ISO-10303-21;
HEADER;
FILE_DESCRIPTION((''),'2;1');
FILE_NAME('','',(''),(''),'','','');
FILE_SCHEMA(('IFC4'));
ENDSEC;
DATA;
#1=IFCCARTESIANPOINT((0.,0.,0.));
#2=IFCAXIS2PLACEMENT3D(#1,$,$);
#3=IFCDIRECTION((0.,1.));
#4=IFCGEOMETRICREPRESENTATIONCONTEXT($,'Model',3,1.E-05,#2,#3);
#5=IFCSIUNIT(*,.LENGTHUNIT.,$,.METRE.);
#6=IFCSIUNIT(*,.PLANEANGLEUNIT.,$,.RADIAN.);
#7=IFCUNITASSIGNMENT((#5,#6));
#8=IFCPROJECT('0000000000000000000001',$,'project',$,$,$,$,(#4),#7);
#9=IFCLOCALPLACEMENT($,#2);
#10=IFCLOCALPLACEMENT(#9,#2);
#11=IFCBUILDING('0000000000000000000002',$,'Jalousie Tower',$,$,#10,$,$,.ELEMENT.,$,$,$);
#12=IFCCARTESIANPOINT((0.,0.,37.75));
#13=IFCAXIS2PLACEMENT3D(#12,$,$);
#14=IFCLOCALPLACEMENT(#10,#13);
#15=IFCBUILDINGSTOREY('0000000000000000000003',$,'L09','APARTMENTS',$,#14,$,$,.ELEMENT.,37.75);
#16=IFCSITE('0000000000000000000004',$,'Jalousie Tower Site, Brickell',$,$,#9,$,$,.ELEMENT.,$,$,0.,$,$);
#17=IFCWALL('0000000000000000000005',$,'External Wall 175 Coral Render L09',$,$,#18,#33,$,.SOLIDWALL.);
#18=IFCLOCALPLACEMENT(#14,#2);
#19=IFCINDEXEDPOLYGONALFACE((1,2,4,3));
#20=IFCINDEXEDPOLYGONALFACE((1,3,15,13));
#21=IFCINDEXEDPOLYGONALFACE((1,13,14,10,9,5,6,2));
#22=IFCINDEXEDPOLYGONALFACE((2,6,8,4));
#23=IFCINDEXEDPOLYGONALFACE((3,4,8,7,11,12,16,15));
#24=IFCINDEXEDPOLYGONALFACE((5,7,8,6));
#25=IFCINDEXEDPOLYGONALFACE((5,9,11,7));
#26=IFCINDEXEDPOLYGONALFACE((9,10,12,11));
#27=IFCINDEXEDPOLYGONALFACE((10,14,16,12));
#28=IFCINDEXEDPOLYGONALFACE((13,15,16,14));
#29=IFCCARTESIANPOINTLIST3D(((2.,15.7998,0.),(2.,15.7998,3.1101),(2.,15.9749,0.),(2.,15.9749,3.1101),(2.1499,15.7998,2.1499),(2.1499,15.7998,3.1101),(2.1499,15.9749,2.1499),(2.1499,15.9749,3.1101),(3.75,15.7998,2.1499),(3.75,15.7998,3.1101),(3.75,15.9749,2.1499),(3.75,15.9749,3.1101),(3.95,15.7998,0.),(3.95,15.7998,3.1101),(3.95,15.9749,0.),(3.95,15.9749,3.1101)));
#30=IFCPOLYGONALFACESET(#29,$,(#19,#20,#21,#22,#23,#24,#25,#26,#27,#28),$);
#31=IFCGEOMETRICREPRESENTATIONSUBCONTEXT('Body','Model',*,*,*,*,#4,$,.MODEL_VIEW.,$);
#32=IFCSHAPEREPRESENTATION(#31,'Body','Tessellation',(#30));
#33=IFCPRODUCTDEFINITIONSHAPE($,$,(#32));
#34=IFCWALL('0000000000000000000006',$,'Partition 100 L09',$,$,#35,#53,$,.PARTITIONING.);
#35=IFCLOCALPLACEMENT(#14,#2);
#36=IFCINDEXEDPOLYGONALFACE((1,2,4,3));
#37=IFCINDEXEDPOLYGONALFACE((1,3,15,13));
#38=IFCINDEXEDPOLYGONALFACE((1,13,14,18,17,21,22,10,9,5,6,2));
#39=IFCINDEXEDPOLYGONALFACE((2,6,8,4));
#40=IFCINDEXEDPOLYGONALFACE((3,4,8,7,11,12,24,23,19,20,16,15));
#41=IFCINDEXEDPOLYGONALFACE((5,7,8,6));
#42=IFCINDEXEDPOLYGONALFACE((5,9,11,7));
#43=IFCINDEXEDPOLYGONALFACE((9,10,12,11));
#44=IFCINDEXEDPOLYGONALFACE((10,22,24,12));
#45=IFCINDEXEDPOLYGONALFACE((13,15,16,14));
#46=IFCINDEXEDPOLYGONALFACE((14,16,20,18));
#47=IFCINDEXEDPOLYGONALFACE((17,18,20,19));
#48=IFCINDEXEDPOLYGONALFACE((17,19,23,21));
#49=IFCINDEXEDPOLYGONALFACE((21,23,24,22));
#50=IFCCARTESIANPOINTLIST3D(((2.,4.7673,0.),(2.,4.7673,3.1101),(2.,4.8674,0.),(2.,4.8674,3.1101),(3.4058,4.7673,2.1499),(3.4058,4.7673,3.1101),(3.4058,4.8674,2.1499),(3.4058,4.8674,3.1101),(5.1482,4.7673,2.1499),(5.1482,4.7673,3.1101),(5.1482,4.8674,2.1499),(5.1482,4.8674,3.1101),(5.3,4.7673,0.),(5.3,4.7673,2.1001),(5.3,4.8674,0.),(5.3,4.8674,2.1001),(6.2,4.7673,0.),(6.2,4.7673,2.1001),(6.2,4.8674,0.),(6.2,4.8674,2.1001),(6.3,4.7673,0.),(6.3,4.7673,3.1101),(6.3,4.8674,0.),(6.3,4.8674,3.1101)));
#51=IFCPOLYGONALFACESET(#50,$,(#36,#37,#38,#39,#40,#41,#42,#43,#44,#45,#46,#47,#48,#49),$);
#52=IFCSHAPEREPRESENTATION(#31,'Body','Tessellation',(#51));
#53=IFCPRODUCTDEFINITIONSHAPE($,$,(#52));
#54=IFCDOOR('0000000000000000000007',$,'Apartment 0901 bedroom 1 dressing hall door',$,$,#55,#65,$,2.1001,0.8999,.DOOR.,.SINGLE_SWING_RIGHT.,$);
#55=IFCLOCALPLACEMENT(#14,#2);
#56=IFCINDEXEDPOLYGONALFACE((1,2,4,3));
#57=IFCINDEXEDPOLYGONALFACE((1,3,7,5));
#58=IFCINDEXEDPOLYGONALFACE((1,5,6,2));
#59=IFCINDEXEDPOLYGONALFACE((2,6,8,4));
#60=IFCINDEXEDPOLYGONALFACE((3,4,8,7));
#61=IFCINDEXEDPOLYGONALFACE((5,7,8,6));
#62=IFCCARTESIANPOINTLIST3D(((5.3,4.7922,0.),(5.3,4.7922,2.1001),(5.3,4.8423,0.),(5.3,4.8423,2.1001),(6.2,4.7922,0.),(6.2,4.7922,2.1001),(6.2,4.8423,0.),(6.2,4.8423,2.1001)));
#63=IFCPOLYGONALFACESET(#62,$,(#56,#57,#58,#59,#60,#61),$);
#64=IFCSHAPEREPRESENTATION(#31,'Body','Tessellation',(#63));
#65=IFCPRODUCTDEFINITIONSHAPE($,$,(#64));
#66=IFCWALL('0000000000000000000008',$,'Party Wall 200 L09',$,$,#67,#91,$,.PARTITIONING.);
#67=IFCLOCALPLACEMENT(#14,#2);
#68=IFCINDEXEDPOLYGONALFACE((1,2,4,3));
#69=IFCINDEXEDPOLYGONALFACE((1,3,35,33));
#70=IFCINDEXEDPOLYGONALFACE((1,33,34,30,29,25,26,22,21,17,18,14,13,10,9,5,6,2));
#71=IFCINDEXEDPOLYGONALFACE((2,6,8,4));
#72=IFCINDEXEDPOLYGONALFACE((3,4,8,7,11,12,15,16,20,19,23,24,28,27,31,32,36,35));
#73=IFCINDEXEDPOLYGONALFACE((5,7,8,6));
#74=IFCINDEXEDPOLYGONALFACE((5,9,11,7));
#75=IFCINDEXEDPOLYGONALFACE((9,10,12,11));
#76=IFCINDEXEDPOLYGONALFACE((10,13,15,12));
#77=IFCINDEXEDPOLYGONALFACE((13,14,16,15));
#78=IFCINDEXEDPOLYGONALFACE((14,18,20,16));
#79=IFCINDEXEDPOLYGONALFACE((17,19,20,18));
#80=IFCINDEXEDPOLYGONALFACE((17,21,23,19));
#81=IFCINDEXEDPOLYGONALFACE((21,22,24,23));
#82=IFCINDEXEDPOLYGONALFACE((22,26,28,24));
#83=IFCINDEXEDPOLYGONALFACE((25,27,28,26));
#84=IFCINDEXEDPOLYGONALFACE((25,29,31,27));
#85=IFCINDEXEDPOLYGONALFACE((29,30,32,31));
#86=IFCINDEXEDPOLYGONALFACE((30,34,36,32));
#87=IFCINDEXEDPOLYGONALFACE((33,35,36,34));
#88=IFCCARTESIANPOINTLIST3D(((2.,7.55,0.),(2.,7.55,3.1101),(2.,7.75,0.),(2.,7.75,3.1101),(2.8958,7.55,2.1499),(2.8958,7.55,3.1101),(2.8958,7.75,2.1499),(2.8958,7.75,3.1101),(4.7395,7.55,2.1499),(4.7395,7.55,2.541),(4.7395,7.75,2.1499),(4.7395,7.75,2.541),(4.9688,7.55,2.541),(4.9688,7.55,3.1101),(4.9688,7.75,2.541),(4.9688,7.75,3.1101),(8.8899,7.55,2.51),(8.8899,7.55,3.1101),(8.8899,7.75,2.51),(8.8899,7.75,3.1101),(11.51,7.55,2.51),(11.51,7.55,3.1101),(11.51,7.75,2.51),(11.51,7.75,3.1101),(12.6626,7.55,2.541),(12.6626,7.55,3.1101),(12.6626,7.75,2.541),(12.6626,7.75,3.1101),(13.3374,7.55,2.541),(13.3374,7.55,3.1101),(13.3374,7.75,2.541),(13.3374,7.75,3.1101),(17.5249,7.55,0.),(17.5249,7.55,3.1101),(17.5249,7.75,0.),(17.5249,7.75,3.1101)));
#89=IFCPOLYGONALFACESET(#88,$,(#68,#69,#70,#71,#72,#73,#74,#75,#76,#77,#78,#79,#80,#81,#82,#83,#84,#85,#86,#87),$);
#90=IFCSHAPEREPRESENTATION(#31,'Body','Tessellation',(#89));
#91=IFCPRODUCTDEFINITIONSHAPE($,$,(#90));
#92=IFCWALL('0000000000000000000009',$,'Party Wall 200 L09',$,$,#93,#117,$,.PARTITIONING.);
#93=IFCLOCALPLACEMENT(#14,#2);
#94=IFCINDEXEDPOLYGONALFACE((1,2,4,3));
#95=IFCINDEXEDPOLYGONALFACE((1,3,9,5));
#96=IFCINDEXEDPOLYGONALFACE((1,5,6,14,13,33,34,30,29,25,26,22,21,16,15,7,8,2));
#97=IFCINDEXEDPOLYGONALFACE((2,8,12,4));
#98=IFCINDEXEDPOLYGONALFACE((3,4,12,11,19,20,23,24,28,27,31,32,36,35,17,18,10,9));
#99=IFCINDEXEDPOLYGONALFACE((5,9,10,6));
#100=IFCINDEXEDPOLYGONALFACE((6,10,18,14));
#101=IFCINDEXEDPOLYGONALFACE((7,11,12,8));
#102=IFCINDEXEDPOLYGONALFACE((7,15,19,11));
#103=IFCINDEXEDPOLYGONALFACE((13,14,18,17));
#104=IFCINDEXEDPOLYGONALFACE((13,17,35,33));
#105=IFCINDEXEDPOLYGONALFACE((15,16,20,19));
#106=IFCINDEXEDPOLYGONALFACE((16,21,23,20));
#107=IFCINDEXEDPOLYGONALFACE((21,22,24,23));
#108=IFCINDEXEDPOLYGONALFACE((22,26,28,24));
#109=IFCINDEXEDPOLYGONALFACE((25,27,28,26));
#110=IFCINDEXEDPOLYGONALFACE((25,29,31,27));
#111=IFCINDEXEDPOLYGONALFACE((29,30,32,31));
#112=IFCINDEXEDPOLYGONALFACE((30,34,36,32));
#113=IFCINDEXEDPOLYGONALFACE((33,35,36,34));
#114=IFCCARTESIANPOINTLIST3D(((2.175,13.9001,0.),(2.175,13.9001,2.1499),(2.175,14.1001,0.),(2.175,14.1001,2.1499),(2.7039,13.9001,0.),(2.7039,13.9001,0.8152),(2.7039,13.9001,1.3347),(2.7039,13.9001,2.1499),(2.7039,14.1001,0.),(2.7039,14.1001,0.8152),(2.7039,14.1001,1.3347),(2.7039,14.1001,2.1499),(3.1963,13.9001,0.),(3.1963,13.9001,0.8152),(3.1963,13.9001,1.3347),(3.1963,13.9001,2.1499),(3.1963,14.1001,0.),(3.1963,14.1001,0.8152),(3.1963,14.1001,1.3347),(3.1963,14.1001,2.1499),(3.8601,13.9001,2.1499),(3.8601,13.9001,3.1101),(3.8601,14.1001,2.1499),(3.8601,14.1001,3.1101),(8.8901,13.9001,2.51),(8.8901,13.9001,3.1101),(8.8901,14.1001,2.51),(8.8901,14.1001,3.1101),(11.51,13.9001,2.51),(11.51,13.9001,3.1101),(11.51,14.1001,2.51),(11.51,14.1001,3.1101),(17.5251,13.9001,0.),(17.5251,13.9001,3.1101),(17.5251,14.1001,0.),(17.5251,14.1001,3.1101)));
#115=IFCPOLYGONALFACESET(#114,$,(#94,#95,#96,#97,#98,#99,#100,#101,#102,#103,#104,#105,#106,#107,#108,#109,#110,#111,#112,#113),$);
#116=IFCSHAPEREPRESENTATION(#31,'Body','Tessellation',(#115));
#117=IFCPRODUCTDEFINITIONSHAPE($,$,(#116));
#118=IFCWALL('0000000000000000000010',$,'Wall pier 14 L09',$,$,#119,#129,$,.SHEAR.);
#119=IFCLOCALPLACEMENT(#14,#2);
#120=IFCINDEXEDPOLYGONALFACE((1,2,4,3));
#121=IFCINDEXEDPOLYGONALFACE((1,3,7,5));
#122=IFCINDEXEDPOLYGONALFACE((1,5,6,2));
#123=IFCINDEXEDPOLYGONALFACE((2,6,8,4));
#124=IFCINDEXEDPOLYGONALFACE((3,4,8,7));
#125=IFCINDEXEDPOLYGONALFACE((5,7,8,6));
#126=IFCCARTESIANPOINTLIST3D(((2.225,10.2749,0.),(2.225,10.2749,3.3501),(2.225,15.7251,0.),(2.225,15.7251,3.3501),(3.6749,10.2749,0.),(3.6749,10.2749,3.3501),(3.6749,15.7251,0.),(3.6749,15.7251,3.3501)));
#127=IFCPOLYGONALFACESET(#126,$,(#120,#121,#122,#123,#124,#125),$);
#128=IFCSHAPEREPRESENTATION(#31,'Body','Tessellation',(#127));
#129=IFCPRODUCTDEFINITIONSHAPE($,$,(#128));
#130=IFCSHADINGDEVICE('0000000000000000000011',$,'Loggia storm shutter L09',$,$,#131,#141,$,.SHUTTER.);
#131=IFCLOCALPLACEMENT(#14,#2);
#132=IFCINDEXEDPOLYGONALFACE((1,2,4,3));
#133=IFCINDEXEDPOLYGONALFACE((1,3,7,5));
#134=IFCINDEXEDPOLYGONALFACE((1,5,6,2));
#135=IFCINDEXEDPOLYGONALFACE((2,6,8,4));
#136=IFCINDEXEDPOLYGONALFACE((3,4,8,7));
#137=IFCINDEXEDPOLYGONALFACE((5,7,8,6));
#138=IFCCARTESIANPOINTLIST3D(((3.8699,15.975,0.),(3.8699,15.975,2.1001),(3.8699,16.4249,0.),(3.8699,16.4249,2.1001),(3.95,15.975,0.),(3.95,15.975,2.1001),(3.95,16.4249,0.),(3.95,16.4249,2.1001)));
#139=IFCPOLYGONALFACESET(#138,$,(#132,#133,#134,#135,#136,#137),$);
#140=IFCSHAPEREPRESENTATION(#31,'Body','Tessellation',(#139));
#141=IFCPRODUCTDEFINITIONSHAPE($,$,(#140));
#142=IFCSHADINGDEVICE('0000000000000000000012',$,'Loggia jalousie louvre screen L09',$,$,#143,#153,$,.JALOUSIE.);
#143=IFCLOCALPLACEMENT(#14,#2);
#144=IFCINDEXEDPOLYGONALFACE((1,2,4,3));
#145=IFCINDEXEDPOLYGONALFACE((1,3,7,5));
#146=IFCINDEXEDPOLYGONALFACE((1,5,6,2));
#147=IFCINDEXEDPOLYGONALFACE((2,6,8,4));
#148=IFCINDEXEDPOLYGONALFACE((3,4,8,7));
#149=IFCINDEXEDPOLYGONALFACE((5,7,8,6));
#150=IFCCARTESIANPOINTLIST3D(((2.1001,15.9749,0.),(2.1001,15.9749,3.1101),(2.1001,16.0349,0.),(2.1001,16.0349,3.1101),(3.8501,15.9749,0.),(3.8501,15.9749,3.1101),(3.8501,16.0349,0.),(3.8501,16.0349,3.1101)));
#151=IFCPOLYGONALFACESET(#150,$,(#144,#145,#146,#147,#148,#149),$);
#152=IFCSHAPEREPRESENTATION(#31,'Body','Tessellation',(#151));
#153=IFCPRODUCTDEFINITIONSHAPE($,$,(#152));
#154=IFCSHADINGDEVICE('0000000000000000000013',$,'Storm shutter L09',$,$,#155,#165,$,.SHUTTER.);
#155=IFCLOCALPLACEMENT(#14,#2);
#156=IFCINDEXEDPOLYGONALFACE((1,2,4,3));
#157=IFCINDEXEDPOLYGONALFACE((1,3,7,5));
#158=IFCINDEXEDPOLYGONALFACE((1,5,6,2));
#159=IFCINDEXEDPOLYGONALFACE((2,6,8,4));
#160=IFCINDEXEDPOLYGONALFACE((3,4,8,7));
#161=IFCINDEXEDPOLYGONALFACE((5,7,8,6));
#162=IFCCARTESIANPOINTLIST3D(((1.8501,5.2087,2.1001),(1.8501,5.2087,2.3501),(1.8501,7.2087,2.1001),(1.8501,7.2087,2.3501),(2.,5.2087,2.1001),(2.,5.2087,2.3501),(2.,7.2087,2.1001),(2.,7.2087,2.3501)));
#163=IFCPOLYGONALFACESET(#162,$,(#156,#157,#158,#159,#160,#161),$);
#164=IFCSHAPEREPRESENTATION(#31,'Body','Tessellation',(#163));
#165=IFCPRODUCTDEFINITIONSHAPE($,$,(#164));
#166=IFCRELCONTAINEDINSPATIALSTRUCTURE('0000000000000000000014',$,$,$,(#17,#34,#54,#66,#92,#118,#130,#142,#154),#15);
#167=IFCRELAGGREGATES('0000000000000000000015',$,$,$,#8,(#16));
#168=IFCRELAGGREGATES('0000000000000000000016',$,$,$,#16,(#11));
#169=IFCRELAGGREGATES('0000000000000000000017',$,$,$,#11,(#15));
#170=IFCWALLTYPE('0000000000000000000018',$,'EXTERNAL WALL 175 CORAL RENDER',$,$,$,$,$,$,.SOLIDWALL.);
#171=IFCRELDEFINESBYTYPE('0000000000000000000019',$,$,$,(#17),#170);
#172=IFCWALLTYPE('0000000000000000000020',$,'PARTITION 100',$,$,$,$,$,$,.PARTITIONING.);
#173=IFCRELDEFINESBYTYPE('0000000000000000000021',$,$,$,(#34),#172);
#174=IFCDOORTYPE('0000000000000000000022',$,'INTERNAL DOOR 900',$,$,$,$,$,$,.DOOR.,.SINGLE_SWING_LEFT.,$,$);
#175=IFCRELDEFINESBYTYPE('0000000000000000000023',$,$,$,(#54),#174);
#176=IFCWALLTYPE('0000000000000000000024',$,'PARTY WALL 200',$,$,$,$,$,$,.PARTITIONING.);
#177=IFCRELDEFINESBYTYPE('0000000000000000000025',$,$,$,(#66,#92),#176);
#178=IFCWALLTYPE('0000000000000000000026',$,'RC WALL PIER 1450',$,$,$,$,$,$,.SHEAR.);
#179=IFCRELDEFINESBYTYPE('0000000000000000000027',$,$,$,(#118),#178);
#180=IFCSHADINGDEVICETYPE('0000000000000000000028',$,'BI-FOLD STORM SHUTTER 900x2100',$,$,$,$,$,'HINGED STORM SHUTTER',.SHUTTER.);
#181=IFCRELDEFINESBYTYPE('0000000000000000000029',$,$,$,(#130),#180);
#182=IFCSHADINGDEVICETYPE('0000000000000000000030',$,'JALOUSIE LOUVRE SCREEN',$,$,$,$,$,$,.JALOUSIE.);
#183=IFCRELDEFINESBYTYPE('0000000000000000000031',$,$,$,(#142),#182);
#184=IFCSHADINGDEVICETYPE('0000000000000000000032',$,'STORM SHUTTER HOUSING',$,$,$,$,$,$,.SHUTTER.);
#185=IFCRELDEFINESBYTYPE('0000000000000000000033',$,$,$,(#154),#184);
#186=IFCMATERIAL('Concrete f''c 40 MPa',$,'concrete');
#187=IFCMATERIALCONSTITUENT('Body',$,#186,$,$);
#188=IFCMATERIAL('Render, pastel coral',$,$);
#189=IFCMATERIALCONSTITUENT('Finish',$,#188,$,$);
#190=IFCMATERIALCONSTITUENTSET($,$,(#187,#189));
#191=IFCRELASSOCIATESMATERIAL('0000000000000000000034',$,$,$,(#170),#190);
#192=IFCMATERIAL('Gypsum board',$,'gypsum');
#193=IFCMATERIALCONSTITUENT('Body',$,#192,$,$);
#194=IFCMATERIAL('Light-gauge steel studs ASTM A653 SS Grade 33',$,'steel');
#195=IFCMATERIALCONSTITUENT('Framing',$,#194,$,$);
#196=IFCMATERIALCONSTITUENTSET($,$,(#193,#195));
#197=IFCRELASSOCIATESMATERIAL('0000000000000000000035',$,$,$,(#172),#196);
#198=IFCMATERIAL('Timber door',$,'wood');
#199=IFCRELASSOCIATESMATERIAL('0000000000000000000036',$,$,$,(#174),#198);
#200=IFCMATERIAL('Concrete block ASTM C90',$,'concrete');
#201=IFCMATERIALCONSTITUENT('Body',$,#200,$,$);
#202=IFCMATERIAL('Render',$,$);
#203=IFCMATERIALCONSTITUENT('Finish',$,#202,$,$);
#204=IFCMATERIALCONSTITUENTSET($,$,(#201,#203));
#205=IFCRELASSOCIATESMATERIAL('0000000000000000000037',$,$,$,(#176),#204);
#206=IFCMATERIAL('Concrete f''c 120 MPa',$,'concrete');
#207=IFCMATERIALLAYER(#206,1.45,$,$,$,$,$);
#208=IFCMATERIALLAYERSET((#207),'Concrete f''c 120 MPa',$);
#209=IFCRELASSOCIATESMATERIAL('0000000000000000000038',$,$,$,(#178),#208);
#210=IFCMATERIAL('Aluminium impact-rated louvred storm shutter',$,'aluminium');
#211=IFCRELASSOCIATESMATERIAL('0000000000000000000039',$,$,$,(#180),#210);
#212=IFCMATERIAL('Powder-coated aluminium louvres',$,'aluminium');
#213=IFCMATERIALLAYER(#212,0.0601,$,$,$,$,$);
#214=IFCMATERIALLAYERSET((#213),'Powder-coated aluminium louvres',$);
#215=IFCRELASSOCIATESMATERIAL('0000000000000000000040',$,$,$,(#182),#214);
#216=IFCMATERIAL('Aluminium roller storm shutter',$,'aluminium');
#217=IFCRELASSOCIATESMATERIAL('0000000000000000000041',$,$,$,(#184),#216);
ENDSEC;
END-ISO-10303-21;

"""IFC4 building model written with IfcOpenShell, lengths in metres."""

from ifc_helpers import new_model, si_unit, direction, frame, frame_2d, origin, origin_2d, place, context, subcontext, project, spatial, polyline, rectangle, outline, extrude, material, layer, layer_set, constituent, constituent_set, type_object, element, fill, save


model = new_model("IFC4")

# Units and contexts
model_context = context("Model", 3, precision=1e-05, world=origin(), true_north=direction((0.0, 1.0)))
body_context = subcontext(model_context, "Body", "Model", "MODEL_VIEW")
ifc_project = project(units=[si_unit("LENGTHUNIT", "METRE"), si_unit("PLANEANGLEUNIT", "RADIAN")], contexts=[model_context])

# Site, building, storey
site_placement = place(None, origin())
site = spatial("IfcSite", under=ifc_project, at=site_placement, Name="Jalousie Tower Site, Brickell", CompositionType="ELEMENT", RefElevation=0.0)
building_placement = place(site_placement, origin())
building = spatial("IfcBuilding", under=site, at=building_placement, Name="Jalousie Tower", CompositionType="ELEMENT")
storey_placement = place(building_placement, frame((0.0, 0.0, 37.75)))
storey = spatial("IfcBuildingStorey", under=building, at=storey_placement, Name="L09", Description="APARTMENTS", CompositionType="ELEMENT", Elevation=37.75)

# Shared definitions
ifc_material_1 = material(Name="Concrete f'c 40 MPa", Category="concrete")
ifc_constituent_1 = constituent(ifc_material_1, Name="Body")
ifc_material_2 = material(Name="Render, pastel coral")
ifc_constituent_2 = constituent(ifc_material_2, Name="Finish")
ifc_constituent_set_1 = constituent_set(constituents=[ifc_constituent_1, ifc_constituent_2])
wall_type_1 = type_object("IfcWallType", Name="EXTERNAL WALL 175 CORAL RENDER", PredefinedType="SOLIDWALL", material=ifc_constituent_set_1)

# Wall
wall_1_placement = place(storey_placement, frame((2.0, 15.8875, 0.0), z_axis=(0.0, 0.0, 1.0), x_axis=(1.0, 0.0, 0.0)))
element("IfcWall", 1, at=wall_1_placement, inside=storey, type_object=wall_type_1, Name="External Wall 175 Coral Render L09", PredefinedType="SOLIDWALL", context=body_context, shape_type="SweptSolid", body=[
    extrude(outline(polyline([(0.0, 0.0), (1.95, 0.0), (1.95, 3.1101), (1.75, 3.1101), (1.75, 2.1499), (0.1499, 2.1499), (0.1499, 3.1101), (0.0, 3.1101), (0.0, 0.0)])), frame((0.0, 0.0874, 0.0), z_axis=(0.0, -1.0, 0.0), x_axis=(1.0, 0.0, 0.0)), (0.0, 0.0, 1.0), 0.175),
])

# Wall, opening, door
ifc_material_3 = material(Name="Gypsum board", Category="gypsum")
ifc_constituent_3 = constituent(ifc_material_3, Name="Body")
ifc_material_4 = material(Name="Light-gauge steel studs ASTM A653 SS Grade 33", Category="steel")
ifc_constituent_4 = constituent(ifc_material_4, Name="Framing")
ifc_constituent_set_2 = constituent_set(constituents=[ifc_constituent_3, ifc_constituent_4])
wall_type_2 = type_object("IfcWallType", Name="PARTITION 100", PredefinedType="PARTITIONING", material=ifc_constituent_set_2)
wall_2_placement = place(storey_placement, frame((2.0, 4.8174, 0.0), z_axis=(0.0, 0.0, 1.0), x_axis=(1.0, 0.0, 0.0)))
wall_2 = element("IfcWall", 2, at=wall_2_placement, inside=storey, type_object=wall_type_2, Name="Partition 100 L09", PredefinedType="PARTITIONING", context=body_context, shape_type="SweptSolid", body=[
    extrude(outline(polyline([(0.0, 0.0), (4.3, 0.0), (4.3, 3.1101), (3.1482, 3.1101), (3.1482, 2.1499), (1.4058, 2.1499), (1.4058, 3.1101), (0.0, 3.1101), (0.0, 0.0)])), frame((0.0, 0.05, 0.0), z_axis=(0.0, -1.0, 0.0), x_axis=(1.0, 0.0, 0.0)), (0.0, 0.0, 1.0), 0.1001),
])
opening_1_placement = place(wall_2_placement, frame((3.3, 0.0, 0.0)))
opening_1 = element("IfcOpeningElement", 3, at=opening_1_placement, cuts=wall_2, PredefinedType="OPENING", context=body_context, shape_type="SweptSolid", body=[
    extrude(rectangle(XDim=0.8999, YDim=2.1001, at=frame_2d((0.45, 1.05))), frame((0.0, 0.0601, 0.0), z_axis=(0.0, -1.0, 0.0), x_axis=(1.0, 0.0, 0.0)), (0.0, 0.0, 1.0), 0.1201),
])
ifc_material_5 = material(Name="Timber door", Category="wood")
door_type = type_object("IfcDoorType", Name="INTERNAL DOOR 900", OperationType="SINGLE_SWING_LEFT", PredefinedType="DOOR", material=ifc_material_5)
door_placement = place(opening_1_placement, origin())
door = element("IfcDoor", 4, at=door_placement, inside=storey, type_object=door_type, Name="Apartment 0901 bedroom 1 dressing hall door", OperationType="SINGLE_SWING_RIGHT", OverallHeight=2.1001, OverallWidth=0.8999, PredefinedType="DOOR", context=body_context, shape_type="SweptSolid", body=[
    extrude(rectangle(XDim=0.8999, YDim=2.1001, at=frame_2d((0.45, 1.05))), frame((0.0, 0.0249, 0.0), z_axis=(0.0, -1.0, 0.0), x_axis=(1.0, 0.0, 0.0)), (0.0, 0.0, 1.0), 0.05),
])
fill(opening_1, door)

# Walls
ifc_material_6 = material(Name="Concrete block ASTM C90", Category="concrete")
ifc_constituent_5 = constituent(ifc_material_6, Name="Body")
ifc_material_7 = material(Name="Render")
ifc_constituent_6 = constituent(ifc_material_7, Name="Finish")
ifc_constituent_set_3 = constituent_set(constituents=[ifc_constituent_5, ifc_constituent_6])
wall_type_3 = type_object("IfcWallType", Name="PARTY WALL 200", PredefinedType="PARTITIONING", material=ifc_constituent_set_3)
wall_3_placement = place(storey_placement, frame((2.0, 7.6499, 0.0), z_axis=(0.0, 0.0, 1.0), x_axis=(1.0, 0.0, 0.0)))
element("IfcWall", 5, at=wall_3_placement, inside=storey, type_object=wall_type_3, Name="Party Wall 200 L09", PredefinedType="PARTITIONING", context=body_context, shape_type="SweptSolid", body=[
    extrude(outline(polyline([(0.0, 0.0), (15.5249, 0.0), (15.5249, 3.1101), (11.3374, 3.1101), (11.3374, 2.541), (10.6626, 2.541), (10.6626, 3.1101), (9.51, 3.1101), (9.51, 2.51), (6.8899, 2.51), (6.8899, 3.1101), (2.9688, 3.1101), (2.9688, 2.541), (2.7395, 2.541), (2.7395, 2.1499), (0.8958, 2.1499), (0.8958, 3.1101), (0.0, 3.1101), (0.0, 0.0)])), frame((0.0, 0.1001, 0.0), z_axis=(0.0, -1.0, 0.0), x_axis=(1.0, 0.0, 0.0)), (0.0, 0.0, 1.0), 0.2),
])
wall_4_placement = place(storey_placement, frame((2.175, 14.0, 0.0), z_axis=(0.0, 0.0, 1.0), x_axis=(1.0, 0.0, 0.0)))
element("IfcWall", 6, at=wall_4_placement, inside=storey, type_object=wall_type_3, Name="Party Wall 200 L09", PredefinedType="PARTITIONING", context=body_context, shape_type="SweptSolid", body=[
    extrude(outline(polyline([(0.5288, 2.1499), (0.0, 2.1499), (0.0, 0.0), (0.5288, 0.0), (0.5288, 0.8152), (1.0212, 0.8152), (1.0212, 0.0), (15.3501, 0.0), (15.3501, 3.1101), (9.335, 3.1101), (9.335, 2.51), (6.7151, 2.51), (6.7151, 3.1101), (1.6851, 3.1101), (1.6851, 2.1499), (1.0212, 2.1499), (1.0212, 1.3347), (0.5288, 1.3347), (0.5288, 2.1499)])), frame((0.0, 0.1001, 0.0), z_axis=(0.0, -1.0, 0.0), x_axis=(1.0, 0.0, 0.0)), (0.0, 0.0, 1.0), 0.2),
])
ifc_material_8 = material(Name="Concrete f'c 120 MPa", Category="concrete")
ifc_layer_1 = layer(ifc_material_8, 1.45)
ifc_layer_set_1 = layer_set([ifc_layer_1], Name="Concrete f'c 120 MPa")
wall_type_4 = type_object("IfcWallType", Name="RC WALL PIER 1450", PredefinedType="SHEAR", material=ifc_layer_set_1)
wall_5_placement = place(storey_placement, frame((2.95, 10.2749, 0.0), z_axis=(0.0, 0.0, 1.0), x_axis=(0.0, 1.0, 0.0)))
element("IfcWall", 7, at=wall_5_placement, inside=storey, type_object=wall_type_4, Name="Wall pier 14 L09", PredefinedType="SHEAR", context=body_context, shape_type="SweptSolid", body=[
    extrude(rectangle(XDim=5.4502, YDim=1.45, at=frame_2d((2.7251, 0.0))), origin(), (0.0, 0.0, 1.0), 3.3501),
])

# Shading devices
ifc_material_9 = material(Name="Aluminium impact-rated louvred storm shutter", Category="aluminium")
shading_device_type_1 = type_object("IfcShadingDeviceType", Name="BI-FOLD STORM SHUTTER 900x2100", ElementType="HINGED STORM SHUTTER", PredefinedType="SHUTTER", material=ifc_material_9)
shading_device_1_placement = place(storey_placement, frame((3.9099, 16.2, 0.0), z_axis=(0.0, 0.0, 1.0), x_axis=(0.0, -1.0, 0.0)))
element("IfcShadingDevice", 8, at=shading_device_1_placement, inside=storey, type_object=shading_device_type_1, Name="Loggia storm shutter L09", PredefinedType="SHUTTER", context=body_context, shape_type="SweptSolid", body=[
    extrude(rectangle(XDim=0.45, YDim=0.0801, at=origin_2d()), origin(), (0.0, 0.0, 1.0), 2.1001),
])
ifc_material_10 = material(Name="Powder-coated aluminium louvres", Category="aluminium")
ifc_layer_2 = layer(ifc_material_10, 0.0601)
ifc_layer_set_2 = layer_set([ifc_layer_2], Name="Powder-coated aluminium louvres")
shading_device_type_2 = type_object("IfcShadingDeviceType", Name="JALOUSIE LOUVRE SCREEN", PredefinedType="JALOUSIE", material=ifc_layer_set_2)
shading_device_2_placement = place(storey_placement, frame((2.9751, 16.0049, 0.0), z_axis=(0.0, 0.0, 1.0), x_axis=(0.0, -1.0, 0.0)))
element("IfcShadingDevice", 9, at=shading_device_2_placement, inside=storey, type_object=shading_device_type_2, Name="Loggia jalousie louvre screen L09", PredefinedType="JALOUSIE", context=body_context, shape_type="SweptSolid", body=[
    extrude(rectangle(XDim=0.0601, YDim=1.75, at=origin_2d()), origin(), (0.0, 0.0, 1.0), 3.1101),
])
ifc_material_11 = material(Name="Aluminium roller storm shutter", Category="aluminium")
shading_device_type_3 = type_object("IfcShadingDeviceType", Name="STORM SHUTTER HOUSING", PredefinedType="SHUTTER", material=ifc_material_11)
shading_device_3_placement = place(storey_placement, frame((1.925, 6.2087, 2.1001), z_axis=(0.0, 0.0, 1.0), x_axis=(0.0, -1.0, 0.0)))
element("IfcShadingDevice", 10, at=shading_device_3_placement, inside=storey, type_object=shading_device_type_3, Name="Storm shutter L09", PredefinedType="SHUTTER", context=body_context, shape_type="SweptSolid", body=[
    extrude(rectangle(XDim=2.0, YDim=0.1499, at=origin_2d()), origin(), (0.0, 0.0, 1.0), 0.25),
])

save(model, "model.ifc")
